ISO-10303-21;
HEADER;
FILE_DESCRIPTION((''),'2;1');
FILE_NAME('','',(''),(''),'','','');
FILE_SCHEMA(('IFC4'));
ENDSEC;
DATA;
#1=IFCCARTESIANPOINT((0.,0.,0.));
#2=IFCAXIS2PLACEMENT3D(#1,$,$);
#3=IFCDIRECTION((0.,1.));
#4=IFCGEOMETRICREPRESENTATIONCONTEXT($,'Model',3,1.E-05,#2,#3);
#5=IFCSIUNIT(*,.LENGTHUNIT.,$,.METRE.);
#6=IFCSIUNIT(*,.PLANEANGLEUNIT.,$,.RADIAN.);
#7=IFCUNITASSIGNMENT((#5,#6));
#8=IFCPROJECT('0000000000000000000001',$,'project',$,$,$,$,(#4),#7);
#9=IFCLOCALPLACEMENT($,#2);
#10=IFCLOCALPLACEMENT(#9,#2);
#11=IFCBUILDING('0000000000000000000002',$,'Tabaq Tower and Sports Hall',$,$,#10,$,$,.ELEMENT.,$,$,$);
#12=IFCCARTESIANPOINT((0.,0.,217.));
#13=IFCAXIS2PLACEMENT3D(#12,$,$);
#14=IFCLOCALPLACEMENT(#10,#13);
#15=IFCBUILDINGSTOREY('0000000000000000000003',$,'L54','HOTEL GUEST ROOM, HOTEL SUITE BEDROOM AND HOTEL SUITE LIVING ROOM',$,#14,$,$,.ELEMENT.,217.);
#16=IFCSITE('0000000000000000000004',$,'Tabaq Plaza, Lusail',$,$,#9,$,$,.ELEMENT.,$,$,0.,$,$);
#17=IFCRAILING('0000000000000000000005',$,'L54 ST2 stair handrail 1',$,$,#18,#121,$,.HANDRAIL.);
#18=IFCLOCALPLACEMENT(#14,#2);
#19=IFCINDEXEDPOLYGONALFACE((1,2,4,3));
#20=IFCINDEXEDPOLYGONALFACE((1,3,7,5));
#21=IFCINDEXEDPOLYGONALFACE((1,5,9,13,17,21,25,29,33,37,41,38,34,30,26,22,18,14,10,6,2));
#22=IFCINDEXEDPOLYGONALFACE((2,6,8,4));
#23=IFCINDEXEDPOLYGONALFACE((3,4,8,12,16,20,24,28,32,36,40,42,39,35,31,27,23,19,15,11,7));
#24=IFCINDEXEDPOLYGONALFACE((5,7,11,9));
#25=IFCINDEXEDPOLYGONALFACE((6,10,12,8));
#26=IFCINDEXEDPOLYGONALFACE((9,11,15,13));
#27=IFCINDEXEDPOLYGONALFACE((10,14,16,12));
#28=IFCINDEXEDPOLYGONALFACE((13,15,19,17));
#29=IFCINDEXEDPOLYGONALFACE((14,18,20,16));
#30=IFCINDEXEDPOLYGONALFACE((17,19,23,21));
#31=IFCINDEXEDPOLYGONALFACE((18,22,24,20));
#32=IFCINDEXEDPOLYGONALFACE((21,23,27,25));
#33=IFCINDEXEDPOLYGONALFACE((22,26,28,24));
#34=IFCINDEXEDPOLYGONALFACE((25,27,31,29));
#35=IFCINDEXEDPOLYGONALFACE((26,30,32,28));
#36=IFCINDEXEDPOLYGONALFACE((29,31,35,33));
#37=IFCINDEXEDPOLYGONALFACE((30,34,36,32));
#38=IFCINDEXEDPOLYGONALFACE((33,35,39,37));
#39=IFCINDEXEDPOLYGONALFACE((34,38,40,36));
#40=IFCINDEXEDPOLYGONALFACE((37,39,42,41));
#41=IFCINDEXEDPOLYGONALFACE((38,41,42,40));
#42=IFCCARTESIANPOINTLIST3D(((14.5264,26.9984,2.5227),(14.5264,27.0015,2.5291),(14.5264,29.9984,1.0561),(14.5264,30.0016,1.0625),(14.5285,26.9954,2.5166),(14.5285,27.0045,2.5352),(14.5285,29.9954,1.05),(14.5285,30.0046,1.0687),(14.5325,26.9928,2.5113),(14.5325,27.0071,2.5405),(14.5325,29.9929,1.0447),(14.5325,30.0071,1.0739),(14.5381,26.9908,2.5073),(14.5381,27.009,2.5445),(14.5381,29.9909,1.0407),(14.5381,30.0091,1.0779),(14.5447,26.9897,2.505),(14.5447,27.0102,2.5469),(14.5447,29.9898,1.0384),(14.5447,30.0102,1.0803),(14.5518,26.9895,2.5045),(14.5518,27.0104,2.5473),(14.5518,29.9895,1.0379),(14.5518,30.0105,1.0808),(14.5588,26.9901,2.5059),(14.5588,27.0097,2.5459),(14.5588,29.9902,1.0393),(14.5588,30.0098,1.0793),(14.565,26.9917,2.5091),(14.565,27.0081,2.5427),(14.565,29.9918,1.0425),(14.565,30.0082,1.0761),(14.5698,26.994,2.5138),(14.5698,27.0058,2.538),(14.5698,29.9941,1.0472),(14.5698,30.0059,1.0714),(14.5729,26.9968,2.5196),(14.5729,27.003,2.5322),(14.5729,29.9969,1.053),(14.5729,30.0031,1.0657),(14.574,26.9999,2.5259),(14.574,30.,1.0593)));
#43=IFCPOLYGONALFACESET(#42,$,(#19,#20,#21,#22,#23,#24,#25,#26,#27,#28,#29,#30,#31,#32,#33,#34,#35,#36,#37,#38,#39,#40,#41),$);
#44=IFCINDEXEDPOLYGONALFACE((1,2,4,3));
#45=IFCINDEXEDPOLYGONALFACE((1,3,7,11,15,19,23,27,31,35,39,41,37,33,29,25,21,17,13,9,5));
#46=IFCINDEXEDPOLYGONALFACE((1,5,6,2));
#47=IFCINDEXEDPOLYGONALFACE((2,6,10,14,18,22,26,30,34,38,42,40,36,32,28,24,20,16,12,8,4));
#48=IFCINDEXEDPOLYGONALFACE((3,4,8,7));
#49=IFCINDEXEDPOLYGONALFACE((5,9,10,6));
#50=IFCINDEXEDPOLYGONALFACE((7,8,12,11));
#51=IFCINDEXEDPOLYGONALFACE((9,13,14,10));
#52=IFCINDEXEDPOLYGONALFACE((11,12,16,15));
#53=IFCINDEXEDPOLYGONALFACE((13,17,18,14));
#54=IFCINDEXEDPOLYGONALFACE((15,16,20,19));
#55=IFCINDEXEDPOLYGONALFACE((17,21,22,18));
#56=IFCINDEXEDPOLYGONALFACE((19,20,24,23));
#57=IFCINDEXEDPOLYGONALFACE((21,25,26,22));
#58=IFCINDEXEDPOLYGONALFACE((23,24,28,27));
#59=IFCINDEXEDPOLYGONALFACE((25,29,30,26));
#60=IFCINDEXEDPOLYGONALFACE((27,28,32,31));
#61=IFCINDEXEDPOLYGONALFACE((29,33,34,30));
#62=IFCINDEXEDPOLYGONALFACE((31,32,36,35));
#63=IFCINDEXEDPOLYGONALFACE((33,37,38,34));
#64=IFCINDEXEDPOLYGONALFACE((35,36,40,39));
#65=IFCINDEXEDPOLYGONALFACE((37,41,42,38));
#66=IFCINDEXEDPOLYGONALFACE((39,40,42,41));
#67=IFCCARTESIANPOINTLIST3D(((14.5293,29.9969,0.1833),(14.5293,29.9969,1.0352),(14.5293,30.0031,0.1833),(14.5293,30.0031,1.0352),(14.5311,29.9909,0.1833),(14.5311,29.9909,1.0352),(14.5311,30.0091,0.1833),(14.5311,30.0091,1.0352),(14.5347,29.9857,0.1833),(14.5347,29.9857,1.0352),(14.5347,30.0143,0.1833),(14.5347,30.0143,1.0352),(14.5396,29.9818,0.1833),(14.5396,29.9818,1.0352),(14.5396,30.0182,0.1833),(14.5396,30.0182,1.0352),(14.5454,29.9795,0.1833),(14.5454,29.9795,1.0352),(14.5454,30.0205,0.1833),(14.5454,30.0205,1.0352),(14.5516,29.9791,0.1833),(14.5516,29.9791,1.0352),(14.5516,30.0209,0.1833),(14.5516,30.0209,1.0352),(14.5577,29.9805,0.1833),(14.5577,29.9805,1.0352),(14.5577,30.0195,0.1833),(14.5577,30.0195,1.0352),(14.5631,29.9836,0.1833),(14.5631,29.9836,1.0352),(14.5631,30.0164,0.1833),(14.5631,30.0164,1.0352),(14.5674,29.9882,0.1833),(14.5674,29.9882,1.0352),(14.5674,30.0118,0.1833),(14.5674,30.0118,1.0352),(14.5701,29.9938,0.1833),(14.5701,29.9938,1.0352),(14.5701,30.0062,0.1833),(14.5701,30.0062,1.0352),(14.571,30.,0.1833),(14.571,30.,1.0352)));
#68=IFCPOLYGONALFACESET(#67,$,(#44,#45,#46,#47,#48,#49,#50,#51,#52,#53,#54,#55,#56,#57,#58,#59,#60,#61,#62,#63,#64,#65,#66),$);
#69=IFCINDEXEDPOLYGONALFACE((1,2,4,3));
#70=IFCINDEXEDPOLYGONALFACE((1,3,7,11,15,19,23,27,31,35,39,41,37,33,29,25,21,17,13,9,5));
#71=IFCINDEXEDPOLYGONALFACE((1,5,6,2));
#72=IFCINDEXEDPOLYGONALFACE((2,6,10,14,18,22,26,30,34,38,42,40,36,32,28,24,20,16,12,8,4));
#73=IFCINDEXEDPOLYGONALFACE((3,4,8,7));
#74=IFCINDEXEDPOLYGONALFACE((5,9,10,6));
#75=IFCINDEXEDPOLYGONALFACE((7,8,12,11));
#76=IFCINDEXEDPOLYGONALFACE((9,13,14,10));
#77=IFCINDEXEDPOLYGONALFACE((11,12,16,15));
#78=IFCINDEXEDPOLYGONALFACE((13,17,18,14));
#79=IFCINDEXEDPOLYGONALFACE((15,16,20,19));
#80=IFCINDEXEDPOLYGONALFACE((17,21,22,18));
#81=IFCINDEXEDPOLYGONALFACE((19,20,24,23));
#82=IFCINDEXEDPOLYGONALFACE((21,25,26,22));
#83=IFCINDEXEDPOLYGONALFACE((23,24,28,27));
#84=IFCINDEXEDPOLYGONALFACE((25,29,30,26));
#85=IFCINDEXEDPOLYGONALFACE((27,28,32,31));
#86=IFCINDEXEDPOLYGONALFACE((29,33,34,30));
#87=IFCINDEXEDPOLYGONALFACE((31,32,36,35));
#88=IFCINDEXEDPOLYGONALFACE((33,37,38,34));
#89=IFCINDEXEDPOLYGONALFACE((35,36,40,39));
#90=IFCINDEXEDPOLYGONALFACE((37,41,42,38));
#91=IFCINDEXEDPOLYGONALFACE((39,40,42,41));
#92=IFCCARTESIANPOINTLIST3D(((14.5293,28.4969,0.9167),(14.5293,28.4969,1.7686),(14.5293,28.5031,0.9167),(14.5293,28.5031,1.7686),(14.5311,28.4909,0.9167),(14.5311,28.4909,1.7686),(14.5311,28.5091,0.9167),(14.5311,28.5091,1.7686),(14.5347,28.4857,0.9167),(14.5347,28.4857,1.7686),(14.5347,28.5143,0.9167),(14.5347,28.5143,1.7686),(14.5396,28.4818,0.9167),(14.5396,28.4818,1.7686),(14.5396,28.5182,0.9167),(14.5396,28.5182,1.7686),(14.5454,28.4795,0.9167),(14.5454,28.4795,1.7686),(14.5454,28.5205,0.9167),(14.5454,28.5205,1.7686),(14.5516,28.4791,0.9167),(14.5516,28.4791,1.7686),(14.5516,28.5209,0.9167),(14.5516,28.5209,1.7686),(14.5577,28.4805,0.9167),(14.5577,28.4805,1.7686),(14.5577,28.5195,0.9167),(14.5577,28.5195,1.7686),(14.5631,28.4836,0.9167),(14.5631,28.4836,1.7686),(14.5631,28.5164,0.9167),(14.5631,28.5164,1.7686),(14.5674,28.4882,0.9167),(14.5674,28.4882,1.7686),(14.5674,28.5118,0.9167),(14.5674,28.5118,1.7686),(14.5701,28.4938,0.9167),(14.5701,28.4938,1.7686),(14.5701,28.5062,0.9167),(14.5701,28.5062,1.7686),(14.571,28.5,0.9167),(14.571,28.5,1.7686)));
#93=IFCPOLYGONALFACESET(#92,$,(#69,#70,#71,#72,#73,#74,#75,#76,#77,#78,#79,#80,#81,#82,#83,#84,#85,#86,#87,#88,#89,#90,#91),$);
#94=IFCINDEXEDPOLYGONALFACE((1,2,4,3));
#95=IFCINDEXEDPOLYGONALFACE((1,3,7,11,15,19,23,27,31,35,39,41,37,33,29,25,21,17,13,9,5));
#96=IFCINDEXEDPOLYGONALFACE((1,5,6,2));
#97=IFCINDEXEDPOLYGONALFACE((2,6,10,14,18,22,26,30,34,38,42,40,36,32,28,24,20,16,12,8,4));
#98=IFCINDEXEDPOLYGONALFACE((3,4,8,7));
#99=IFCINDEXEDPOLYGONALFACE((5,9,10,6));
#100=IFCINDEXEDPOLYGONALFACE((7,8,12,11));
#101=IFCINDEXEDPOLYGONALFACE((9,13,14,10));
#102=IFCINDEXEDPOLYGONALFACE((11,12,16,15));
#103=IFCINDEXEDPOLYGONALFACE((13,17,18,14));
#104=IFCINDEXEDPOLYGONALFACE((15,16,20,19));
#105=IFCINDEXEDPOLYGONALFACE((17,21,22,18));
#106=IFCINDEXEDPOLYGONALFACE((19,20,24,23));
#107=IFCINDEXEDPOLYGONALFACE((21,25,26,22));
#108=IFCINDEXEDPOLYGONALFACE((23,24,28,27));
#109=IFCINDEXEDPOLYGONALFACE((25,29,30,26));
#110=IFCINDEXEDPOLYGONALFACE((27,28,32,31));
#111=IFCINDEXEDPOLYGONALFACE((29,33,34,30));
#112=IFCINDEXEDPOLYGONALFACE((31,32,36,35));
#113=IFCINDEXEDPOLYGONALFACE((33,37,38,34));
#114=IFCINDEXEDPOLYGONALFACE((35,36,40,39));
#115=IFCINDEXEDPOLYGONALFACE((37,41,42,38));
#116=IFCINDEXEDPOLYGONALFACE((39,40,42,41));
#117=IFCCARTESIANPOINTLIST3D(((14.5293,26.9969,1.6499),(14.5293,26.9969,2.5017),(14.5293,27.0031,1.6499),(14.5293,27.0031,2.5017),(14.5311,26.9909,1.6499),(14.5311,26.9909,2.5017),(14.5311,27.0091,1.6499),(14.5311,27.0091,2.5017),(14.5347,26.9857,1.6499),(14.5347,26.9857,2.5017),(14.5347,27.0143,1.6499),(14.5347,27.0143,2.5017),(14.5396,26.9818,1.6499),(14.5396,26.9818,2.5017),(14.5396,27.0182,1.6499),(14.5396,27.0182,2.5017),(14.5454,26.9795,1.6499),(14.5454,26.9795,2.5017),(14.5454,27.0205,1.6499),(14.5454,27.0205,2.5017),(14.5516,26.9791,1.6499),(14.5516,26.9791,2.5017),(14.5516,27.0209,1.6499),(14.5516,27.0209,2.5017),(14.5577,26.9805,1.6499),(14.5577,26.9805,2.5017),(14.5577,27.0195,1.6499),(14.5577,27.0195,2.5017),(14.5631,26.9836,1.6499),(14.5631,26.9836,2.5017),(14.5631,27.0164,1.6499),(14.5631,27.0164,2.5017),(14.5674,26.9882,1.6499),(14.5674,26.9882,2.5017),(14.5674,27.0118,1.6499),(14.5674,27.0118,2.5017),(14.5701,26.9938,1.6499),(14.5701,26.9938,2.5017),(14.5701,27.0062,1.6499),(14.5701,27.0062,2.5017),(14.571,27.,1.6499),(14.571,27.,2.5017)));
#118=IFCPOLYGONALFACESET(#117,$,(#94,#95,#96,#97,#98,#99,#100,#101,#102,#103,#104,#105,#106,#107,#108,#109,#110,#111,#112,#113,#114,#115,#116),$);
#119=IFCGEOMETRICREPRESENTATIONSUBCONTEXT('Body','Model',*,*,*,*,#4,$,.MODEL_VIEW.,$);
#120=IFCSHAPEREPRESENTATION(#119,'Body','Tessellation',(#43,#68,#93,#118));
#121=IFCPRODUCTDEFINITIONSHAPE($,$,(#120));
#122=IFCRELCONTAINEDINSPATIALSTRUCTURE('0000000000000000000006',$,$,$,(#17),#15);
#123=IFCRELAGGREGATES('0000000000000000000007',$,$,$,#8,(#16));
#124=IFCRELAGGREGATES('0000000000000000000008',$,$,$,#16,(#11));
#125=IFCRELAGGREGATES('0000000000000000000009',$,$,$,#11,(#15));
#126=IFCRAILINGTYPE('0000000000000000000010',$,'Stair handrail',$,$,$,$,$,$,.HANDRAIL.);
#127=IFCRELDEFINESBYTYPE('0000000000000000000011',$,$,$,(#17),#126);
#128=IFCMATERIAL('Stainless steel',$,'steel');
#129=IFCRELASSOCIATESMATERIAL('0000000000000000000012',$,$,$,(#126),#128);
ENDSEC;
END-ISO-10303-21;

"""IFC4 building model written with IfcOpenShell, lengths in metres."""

from ifc_helpers import new_model, si_unit, direction, frame, origin, origin_2d, place, context, subcontext, project, spatial, circle, extrude, material, type_object, element, save


model = new_model("IFC4")

# Units and contexts
model_context = context("Model", 3, precision=1e-05, world=origin(), true_north=direction((0.0, 1.0)))
body_context = subcontext(model_context, "Body", "Model", "MODEL_VIEW")
ifc_project = project(units=[si_unit("LENGTHUNIT", "METRE"), si_unit("PLANEANGLEUNIT", "RADIAN")], contexts=[model_context])

# Site, building, storey
site_placement = place(None, origin())
site = spatial("IfcSite", under=ifc_project, at=site_placement, Name="Tabaq Plaza, Lusail", CompositionType="ELEMENT", RefElevation=0.0)
building_placement = place(site_placement, origin())
building = spatial("IfcBuilding", under=site, at=building_placement, Name="Tabaq Tower and Sports Hall", CompositionType="ELEMENT")
storey_placement = place(building_placement, frame((0.0, 0.0, 217.0)))
storey = spatial("IfcBuildingStorey", under=building, at=storey_placement, Name="L54", Description="HOTEL GUEST ROOM, HOTEL SUITE BEDROOM AND HOTEL SUITE LIVING ROOM", CompositionType="ELEMENT", Elevation=217.0)

# Railing
ifc_material_1 = material(Name="Stainless steel", Category="steel")
railing_type_1 = type_object("IfcRailingType", Name="Stair handrail", PredefinedType="HANDRAIL", material=ifc_material_1)
railing_1_placement = place(storey_placement, frame((14.55, 30.0, 0.1833)))
element("IfcRailing", 1, at=railing_1_placement, inside=storey, type_object=railing_type_1, Name="L54 ST2 stair handrail 1", PredefinedType="HANDRAIL", context=body_context, shape_type="SweptSolid", body=[
    extrude(circle(Radius=0.0239, at=origin_2d()), frame((0.0, 0.0, 0.876), z_axis=(0.0, -0.898398, 0.439183), x_axis=(1.0, 0.0, 0.0)), (0.0, 0.0, 1.0), 3.3394),
    extrude(circle(Radius=0.021, at=origin_2d()), origin(), (0.0, 0.0, 1.0), 0.8518),
    extrude(circle(Radius=0.021, at=origin_2d()), frame((0.0, -1.5, 0.7334)), (0.0, 0.0, 1.0), 0.8518),
    extrude(circle(Radius=0.021, at=origin_2d()), frame((0.0, -3.0, 1.4666)), (0.0, 0.0, 1.0), 0.8518),
])

save(model, "model.ifc")
